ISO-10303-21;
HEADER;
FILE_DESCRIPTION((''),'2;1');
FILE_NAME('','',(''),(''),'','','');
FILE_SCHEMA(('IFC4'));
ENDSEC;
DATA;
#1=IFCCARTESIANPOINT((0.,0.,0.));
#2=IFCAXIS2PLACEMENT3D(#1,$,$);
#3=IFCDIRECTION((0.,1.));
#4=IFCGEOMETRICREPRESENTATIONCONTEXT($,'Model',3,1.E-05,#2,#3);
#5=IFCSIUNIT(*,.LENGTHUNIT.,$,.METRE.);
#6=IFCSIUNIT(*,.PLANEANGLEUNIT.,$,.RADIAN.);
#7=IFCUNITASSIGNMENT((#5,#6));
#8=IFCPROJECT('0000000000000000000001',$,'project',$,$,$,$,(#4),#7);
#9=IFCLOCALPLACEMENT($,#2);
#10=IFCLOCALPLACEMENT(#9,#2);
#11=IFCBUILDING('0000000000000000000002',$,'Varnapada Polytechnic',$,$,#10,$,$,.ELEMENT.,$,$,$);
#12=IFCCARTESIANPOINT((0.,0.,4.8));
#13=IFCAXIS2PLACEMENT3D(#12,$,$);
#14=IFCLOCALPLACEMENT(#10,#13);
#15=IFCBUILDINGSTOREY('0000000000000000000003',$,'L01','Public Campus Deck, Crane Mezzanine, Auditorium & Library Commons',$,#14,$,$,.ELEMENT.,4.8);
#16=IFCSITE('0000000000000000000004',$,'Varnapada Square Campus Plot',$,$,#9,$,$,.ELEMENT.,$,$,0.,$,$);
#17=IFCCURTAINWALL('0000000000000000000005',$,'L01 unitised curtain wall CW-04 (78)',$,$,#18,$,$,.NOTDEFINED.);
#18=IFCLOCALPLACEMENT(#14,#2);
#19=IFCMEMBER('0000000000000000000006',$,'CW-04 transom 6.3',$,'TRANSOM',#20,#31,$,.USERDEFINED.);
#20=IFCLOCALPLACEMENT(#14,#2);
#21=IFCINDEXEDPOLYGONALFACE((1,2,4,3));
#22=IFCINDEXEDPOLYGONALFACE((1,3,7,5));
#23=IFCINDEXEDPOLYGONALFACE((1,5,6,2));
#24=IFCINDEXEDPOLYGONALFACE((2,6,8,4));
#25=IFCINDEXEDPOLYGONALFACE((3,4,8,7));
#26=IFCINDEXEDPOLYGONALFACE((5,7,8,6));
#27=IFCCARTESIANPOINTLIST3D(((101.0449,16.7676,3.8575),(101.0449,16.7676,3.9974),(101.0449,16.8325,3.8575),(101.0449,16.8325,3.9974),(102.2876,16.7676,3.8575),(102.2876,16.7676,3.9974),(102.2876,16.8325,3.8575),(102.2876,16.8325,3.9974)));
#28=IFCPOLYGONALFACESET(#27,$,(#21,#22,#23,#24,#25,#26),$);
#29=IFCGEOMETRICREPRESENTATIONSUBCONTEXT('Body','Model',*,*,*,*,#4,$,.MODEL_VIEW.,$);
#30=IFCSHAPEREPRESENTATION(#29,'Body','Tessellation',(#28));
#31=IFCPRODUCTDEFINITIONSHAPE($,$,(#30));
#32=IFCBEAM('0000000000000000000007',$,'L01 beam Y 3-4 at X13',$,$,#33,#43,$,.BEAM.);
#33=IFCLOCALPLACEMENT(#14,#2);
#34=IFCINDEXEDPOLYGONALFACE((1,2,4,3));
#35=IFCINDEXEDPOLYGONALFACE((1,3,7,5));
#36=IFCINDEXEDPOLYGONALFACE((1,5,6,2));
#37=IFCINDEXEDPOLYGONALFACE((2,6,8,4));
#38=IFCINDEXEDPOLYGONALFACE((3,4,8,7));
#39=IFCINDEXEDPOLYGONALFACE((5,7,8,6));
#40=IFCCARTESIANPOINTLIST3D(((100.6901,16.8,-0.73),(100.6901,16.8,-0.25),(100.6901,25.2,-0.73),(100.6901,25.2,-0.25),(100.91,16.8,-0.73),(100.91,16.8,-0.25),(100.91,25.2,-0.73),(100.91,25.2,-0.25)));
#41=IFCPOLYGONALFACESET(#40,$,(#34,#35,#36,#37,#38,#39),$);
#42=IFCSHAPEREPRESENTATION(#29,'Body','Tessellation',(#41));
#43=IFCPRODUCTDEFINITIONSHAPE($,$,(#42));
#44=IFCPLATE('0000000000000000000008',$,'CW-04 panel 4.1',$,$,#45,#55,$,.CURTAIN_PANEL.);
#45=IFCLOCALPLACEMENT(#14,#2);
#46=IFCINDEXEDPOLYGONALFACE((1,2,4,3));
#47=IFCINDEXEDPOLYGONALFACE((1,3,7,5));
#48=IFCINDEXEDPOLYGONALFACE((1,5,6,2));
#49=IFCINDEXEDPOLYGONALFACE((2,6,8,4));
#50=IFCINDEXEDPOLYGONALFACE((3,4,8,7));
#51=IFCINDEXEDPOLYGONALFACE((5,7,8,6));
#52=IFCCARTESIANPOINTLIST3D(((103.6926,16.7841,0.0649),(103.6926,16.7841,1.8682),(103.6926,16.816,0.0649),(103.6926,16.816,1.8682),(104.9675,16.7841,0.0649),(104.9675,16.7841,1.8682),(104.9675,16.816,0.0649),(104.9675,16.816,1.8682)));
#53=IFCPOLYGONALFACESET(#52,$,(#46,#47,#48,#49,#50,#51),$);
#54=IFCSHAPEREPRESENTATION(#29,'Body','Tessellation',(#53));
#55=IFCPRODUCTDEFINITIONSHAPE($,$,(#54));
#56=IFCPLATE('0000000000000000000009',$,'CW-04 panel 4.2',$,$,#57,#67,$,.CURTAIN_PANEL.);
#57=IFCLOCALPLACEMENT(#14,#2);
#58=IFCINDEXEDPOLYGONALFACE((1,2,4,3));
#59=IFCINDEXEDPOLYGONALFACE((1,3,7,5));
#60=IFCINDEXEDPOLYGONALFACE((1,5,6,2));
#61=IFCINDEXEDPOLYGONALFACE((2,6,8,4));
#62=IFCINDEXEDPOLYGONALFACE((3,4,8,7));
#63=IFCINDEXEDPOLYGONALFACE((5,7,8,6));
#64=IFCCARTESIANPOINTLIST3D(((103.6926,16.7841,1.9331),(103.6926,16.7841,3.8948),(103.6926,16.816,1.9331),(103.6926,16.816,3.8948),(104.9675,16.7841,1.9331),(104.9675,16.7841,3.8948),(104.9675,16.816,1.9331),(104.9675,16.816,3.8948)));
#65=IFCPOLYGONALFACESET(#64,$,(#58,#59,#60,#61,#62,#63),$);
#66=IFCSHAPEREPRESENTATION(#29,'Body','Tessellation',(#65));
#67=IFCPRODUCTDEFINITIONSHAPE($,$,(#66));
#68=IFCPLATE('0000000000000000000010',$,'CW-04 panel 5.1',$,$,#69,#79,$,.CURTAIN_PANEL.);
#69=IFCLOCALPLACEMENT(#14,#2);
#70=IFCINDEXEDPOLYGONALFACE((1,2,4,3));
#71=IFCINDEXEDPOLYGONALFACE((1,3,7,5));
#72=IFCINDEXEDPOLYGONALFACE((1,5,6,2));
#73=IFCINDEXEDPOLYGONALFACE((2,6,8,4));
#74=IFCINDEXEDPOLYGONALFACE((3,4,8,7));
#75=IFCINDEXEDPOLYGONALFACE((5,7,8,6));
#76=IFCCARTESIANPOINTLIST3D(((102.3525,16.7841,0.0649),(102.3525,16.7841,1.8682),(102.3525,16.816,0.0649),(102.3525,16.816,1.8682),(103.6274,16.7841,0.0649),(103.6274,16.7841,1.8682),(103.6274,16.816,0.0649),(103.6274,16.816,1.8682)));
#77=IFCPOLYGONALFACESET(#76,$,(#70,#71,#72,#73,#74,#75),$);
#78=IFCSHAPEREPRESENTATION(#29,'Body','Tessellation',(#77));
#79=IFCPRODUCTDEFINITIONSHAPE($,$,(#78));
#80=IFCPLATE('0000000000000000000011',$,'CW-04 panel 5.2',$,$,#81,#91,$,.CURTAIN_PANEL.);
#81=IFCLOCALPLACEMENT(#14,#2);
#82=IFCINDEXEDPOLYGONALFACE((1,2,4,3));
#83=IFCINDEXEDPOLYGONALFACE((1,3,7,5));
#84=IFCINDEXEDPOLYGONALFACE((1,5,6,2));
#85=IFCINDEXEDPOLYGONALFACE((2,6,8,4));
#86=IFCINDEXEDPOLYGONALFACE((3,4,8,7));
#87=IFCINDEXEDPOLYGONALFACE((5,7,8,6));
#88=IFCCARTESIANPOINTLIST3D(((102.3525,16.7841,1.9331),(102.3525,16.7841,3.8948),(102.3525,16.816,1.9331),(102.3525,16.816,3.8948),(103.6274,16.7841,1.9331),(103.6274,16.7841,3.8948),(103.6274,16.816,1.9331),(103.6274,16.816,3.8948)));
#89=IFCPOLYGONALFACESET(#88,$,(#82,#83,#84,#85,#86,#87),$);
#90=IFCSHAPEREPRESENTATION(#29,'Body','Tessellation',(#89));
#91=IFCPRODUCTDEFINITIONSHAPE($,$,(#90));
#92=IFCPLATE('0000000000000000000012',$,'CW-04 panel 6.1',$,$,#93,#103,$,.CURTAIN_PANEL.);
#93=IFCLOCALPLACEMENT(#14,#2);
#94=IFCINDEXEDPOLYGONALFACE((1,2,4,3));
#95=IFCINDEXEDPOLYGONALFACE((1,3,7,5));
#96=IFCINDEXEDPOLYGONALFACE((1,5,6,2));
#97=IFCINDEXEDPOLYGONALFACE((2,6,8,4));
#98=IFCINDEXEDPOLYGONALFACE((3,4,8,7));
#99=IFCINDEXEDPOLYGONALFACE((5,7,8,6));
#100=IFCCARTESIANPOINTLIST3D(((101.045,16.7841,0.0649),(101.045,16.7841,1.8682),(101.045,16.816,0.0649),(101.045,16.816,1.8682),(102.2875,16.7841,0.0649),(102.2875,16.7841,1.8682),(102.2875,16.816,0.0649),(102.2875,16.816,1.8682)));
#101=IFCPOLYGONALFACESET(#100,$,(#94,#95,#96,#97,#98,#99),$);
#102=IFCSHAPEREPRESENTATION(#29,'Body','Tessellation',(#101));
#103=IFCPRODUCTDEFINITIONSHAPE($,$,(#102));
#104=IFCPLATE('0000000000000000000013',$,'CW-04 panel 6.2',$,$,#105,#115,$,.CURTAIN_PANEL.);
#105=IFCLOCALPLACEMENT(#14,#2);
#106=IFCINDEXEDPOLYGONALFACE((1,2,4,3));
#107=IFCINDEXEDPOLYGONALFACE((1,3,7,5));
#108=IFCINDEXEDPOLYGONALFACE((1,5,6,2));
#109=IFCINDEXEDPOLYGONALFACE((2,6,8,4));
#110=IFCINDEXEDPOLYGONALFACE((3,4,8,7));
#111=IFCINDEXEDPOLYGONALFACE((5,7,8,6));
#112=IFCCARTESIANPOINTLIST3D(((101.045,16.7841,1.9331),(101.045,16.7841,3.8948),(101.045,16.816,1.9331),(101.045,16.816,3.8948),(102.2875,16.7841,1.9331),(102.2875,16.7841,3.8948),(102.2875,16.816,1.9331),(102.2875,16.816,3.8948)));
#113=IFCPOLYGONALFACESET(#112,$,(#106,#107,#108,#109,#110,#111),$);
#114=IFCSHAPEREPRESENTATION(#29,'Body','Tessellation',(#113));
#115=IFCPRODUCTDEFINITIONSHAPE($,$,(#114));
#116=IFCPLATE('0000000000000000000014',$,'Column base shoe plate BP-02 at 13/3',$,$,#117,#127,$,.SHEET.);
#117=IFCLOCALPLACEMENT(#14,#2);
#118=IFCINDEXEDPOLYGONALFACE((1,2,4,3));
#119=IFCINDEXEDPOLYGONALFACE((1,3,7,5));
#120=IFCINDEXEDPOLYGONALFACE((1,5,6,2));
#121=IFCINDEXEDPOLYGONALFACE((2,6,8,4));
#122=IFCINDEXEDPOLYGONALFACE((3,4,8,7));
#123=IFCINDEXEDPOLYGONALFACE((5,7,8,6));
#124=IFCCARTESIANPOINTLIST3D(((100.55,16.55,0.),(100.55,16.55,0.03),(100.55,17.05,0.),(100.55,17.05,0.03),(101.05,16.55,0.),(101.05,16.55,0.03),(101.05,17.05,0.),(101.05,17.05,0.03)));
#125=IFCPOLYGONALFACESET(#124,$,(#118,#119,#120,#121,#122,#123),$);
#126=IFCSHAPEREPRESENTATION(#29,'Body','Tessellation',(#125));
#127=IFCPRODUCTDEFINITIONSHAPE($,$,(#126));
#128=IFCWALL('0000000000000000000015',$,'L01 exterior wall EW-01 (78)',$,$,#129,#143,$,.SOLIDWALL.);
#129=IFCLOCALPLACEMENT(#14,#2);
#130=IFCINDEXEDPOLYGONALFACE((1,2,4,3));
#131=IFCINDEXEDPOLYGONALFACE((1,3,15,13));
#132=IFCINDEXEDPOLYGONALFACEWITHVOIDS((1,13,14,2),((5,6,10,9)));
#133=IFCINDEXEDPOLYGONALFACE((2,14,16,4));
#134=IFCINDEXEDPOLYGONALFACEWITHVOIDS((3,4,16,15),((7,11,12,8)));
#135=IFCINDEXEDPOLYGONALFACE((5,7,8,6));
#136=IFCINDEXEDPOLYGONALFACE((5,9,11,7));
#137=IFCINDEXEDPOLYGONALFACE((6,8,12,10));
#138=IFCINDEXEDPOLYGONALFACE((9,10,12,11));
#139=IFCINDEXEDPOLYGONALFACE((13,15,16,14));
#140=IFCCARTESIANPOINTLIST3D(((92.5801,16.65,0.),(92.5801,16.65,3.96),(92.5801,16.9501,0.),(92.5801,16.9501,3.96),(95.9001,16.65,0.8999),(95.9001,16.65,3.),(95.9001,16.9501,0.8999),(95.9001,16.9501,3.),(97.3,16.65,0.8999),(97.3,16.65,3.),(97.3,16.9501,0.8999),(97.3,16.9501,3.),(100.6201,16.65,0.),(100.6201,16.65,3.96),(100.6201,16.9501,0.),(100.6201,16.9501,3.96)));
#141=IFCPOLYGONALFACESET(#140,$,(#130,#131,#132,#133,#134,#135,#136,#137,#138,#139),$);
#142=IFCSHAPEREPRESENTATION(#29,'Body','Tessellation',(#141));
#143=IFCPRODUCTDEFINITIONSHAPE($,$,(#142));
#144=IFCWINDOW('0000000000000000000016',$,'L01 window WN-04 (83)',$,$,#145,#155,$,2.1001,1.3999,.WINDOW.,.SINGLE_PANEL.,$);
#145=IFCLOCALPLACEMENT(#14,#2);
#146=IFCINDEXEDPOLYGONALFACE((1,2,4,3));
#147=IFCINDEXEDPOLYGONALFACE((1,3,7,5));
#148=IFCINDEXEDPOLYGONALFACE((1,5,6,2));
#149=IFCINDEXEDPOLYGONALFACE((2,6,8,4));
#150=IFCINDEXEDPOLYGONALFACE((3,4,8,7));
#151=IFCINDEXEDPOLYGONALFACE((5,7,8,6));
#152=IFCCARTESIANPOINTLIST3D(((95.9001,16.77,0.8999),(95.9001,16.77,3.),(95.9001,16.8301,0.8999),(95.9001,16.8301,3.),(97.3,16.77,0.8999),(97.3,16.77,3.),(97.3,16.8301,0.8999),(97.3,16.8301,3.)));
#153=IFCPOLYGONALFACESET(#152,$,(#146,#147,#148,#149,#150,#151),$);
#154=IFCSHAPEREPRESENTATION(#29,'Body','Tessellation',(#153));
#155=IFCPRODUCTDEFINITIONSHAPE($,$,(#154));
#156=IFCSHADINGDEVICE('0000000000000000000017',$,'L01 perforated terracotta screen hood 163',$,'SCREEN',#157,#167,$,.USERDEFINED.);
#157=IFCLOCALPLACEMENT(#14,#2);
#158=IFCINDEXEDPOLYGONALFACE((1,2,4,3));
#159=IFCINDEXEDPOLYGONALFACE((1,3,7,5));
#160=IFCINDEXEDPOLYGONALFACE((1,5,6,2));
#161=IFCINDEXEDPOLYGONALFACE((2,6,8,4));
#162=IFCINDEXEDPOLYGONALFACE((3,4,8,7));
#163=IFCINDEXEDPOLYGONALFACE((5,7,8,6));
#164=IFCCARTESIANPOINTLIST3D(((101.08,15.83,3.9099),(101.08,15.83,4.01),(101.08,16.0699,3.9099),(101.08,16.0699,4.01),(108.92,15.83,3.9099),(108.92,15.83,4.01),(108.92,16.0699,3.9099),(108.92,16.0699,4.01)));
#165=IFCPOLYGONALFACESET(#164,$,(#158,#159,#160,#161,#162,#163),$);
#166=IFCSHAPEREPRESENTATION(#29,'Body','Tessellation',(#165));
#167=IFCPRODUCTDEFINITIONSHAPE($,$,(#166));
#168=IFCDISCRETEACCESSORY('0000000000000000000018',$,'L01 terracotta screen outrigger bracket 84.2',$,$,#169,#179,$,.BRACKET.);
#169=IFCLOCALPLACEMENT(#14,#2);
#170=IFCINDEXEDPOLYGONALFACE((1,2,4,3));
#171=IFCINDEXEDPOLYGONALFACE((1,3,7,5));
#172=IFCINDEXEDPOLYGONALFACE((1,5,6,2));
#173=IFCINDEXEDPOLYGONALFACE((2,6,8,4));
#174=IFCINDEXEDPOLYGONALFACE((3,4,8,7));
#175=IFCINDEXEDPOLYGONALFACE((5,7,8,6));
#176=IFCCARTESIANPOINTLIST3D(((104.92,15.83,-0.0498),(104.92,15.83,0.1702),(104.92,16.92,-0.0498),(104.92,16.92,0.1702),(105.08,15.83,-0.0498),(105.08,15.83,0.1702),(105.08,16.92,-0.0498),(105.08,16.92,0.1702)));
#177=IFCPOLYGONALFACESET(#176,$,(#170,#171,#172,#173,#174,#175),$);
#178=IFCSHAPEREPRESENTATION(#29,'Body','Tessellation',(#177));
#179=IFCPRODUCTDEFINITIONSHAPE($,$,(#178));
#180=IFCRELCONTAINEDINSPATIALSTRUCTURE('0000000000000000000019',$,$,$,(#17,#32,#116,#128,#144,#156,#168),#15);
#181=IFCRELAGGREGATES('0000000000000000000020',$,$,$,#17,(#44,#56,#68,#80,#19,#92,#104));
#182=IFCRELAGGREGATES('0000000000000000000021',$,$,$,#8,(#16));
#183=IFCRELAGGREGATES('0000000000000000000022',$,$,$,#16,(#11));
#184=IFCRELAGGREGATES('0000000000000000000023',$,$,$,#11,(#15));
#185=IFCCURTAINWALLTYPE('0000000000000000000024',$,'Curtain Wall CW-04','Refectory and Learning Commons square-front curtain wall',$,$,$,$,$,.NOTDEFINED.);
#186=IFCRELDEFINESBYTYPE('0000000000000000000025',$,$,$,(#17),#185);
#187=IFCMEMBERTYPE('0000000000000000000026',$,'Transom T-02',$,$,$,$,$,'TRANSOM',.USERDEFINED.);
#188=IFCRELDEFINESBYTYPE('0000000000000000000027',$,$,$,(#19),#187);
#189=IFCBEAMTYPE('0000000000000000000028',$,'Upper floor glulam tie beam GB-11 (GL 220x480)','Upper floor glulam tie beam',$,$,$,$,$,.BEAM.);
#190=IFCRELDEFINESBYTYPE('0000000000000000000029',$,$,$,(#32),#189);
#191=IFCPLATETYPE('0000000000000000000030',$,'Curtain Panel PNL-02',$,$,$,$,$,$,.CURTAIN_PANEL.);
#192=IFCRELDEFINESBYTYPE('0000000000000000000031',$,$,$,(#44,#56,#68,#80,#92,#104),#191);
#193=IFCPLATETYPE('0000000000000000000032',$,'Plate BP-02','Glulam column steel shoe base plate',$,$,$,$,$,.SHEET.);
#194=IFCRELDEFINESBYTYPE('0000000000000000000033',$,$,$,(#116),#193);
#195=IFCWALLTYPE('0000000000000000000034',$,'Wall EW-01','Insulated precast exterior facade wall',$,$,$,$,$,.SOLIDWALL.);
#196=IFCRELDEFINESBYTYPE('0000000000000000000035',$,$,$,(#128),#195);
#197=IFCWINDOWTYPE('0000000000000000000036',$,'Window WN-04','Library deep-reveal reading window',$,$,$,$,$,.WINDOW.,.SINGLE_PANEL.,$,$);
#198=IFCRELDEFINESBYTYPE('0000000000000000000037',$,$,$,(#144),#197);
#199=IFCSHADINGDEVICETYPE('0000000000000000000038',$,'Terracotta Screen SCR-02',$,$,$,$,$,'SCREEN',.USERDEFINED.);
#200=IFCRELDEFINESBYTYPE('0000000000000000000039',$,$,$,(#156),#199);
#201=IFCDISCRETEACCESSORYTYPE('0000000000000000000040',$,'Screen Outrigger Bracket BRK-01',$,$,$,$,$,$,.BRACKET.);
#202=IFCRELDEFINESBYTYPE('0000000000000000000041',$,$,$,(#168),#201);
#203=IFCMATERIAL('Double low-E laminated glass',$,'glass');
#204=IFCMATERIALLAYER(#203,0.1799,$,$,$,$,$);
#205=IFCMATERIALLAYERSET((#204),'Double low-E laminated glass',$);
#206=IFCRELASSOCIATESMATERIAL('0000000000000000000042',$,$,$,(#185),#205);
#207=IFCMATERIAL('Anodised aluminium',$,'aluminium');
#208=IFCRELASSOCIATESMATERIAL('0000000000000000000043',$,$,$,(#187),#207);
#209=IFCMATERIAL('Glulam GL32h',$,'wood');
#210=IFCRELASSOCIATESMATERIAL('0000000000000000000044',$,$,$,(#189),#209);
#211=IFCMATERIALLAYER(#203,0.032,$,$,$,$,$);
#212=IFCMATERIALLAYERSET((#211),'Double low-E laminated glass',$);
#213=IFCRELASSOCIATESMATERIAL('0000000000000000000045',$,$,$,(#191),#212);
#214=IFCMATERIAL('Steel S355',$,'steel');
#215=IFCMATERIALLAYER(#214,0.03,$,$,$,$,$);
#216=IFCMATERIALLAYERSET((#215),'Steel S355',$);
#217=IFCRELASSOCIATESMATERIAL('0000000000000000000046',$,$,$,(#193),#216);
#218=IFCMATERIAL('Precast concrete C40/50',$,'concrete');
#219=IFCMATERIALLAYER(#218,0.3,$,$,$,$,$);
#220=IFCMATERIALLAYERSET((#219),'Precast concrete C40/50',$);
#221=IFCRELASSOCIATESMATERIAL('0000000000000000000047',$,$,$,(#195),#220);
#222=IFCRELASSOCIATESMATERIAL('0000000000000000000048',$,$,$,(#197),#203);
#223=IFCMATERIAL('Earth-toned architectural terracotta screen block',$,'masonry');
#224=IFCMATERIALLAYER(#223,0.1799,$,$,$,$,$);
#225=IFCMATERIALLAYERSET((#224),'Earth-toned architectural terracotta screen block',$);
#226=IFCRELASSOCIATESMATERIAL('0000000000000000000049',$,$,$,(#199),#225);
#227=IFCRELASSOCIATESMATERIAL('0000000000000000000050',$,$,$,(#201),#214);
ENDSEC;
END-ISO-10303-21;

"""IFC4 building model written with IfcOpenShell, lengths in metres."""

from ifc_helpers import new_model, si_unit, direction, frame, frame_2d, origin, origin_2d, place, context, subcontext, project, spatial, rectangle, extrude, material, layer, layer_set, material_profile, profile_set, type_object, element, fill, aggregate, save


model = new_model("IFC4")

# Units and contexts
model_context = context("Model", 3, precision=1e-05, world=origin(), true_north=direction((0.0, 1.0)))
body_context = subcontext(model_context, "Body", "Model", "MODEL_VIEW")
ifc_project = project(units=[si_unit("LENGTHUNIT", "METRE"), si_unit("PLANEANGLEUNIT", "RADIAN")], contexts=[model_context])

# Site, building, storey
site_placement = place(None, origin())
site = spatial("IfcSite", under=ifc_project, at=site_placement, Name="Varnapada Square Campus Plot", CompositionType="ELEMENT", RefElevation=0.0)
building_placement = place(site_placement, origin())
building = spatial("IfcBuilding", under=site, at=building_placement, Name="Varnapada Polytechnic", CompositionType="ELEMENT")
storey_placement = place(building_placement, frame((0.0, 0.0, 4.8)))
storey = spatial("IfcBuildingStorey", under=building, at=storey_placement, Name="L01", Description="Public Campus Deck, Crane Mezzanine, Auditorium & Library Commons", CompositionType="ELEMENT", Elevation=4.8)

# Shared definitions
ifc_material_1 = material(Name="Glulam GL32h", Category="wood")

# Curtain wall
ifc_material_2 = material(Name="Double low-E laminated glass", Category="glass")
ifc_layer_1 = layer(ifc_material_2, 0.1799)
ifc_layer_set_1 = layer_set([ifc_layer_1], Name="Double low-E laminated glass")
curtain_wall_type = type_object("IfcCurtainWallType", Name="Curtain Wall CW-04", Description="Refectory and Learning Commons square-front curtain wall", PredefinedType="NOTDEFINED", material=ifc_layer_set_1)
curtain_wall_placement = place(storey_placement, origin())
curtain_wall = element("IfcCurtainWall", 1, at=curtain_wall_placement, inside=storey, type_object=curtain_wall_type, Name="L01 unitised curtain wall CW-04 (78)", PredefinedType="NOTDEFINED")
ifc_material_3 = material(Name="Anodised aluminium", Category="aluminium")

# Member
ifc_material_profile_1 = material_profile(ifc_material_3, rectangle(XDim=0.0649, YDim=0.1399, at=origin_2d()), Name="ALU T65x140")
ifc_profile_set_1 = profile_set([ifc_material_profile_1], Name="Anodised aluminium")
member_type_1 = type_object("IfcMemberType", Name="Transom T-02", ElementType="TRANSOM", PredefinedType="USERDEFINED", material=ifc_profile_set_1)
member_1_placement = place(storey_placement, frame((102.2876, 16.8, 3.9275), z_axis=(-1.0, 0.0, 0.0), x_axis=(0.0, -1.0, 0.0)))
member_1 = element("IfcMember", 2, at=member_1_placement, type_object=member_type_1, Name="CW-04 transom 6.3", ObjectType="TRANSOM", PredefinedType="USERDEFINED", context=body_context, shape_type="SweptSolid", body=[
    extrude(rectangle(XDim=0.0649, YDim=0.1399, at=origin_2d()), origin(), (0.0, 0.0, 1.0), 1.2427),
])

# Beam
ifc_material_profile_2 = material_profile(ifc_material_1, rectangle(XDim=0.22, YDim=0.48, at=origin_2d()), Name="GL 220x480")
ifc_profile_set_2 = profile_set([ifc_material_profile_2], Name="Glulam GL32h")
beam_type_1 = type_object("IfcBeamType", Name="Upper floor glulam tie beam GB-11 (GL 220x480)", Description="Upper floor glulam tie beam", PredefinedType="BEAM", material=ifc_profile_set_2)
beam_1_placement = place(storey_placement, frame((100.8, 16.8, -0.49), z_axis=(0.0, 1.0, 0.0), x_axis=(-1.0, 0.0, 0.0)))
element("IfcBeam", 3, at=beam_1_placement, inside=storey, type_object=beam_type_1, Name="L01 beam Y 3-4 at X13", PredefinedType="BEAM", context=body_context, shape_type="SweptSolid", body=[
    extrude(rectangle(XDim=0.22, YDim=0.48, at=origin_2d()), origin(), (0.0, 0.0, 1.0), 8.3999),
])

# Plates
ifc_layer_2 = layer(ifc_material_2, 0.032)
ifc_layer_set_2 = layer_set([ifc_layer_2], Name="Double low-E laminated glass")
plate_type_1 = type_object("IfcPlateType", Name="Curtain Panel PNL-02", PredefinedType="CURTAIN_PANEL", material=ifc_layer_set_2)
plate_1_placement = place(storey_placement, frame((104.3301, 16.8, 0.0649), z_axis=(0.0, 0.0, 1.0), x_axis=(-1.0, 0.0, 0.0)))
plate_1 = element("IfcPlate", 4, at=plate_1_placement, type_object=plate_type_1, Name="CW-04 panel 4.1", PredefinedType="CURTAIN_PANEL", context=body_context, shape_type="SweptSolid", body=[
    extrude(rectangle(XDim=1.2749, YDim=0.032, at=origin_2d()), origin(), (0.0, 0.0, 1.0), 1.8032),
])
plate_2_placement = place(storey_placement, frame((104.3301, 16.8, 1.9331), z_axis=(0.0, 0.0, 1.0), x_axis=(-1.0, 0.0, 0.0)))
plate_2 = element("IfcPlate", 5, at=plate_2_placement, type_object=plate_type_1, Name="CW-04 panel 4.2", PredefinedType="CURTAIN_PANEL", context=body_context, shape_type="SweptSolid", body=[
    extrude(rectangle(XDim=1.2749, YDim=0.032, at=origin_2d()), origin(), (0.0, 0.0, 1.0), 1.9617),
])
plate_3_placement = place(storey_placement, frame((102.99, 16.8, 0.0649), z_axis=(0.0, 0.0, 1.0), x_axis=(-1.0, 0.0, 0.0)))
plate_3 = element("IfcPlate", 6, at=plate_3_placement, type_object=plate_type_1, Name="CW-04 panel 5.1", PredefinedType="CURTAIN_PANEL", context=body_context, shape_type="SweptSolid", body=[
    extrude(rectangle(XDim=1.2749, YDim=0.032, at=origin_2d()), origin(), (0.0, 0.0, 1.0), 1.8032),
])
plate_4_placement = place(storey_placement, frame((102.99, 16.8, 1.9331), z_axis=(0.0, 0.0, 1.0), x_axis=(-1.0, 0.0, 0.0)))
plate_4 = element("IfcPlate", 7, at=plate_4_placement, type_object=plate_type_1, Name="CW-04 panel 5.2", PredefinedType="CURTAIN_PANEL", context=body_context, shape_type="SweptSolid", body=[
    extrude(rectangle(XDim=1.2749, YDim=0.032, at=origin_2d()), origin(), (0.0, 0.0, 1.0), 1.9617),
])
plate_5_placement = place(storey_placement, frame((101.6663, 16.8, 0.0649), z_axis=(0.0, 0.0, 1.0), x_axis=(-1.0, 0.0, 0.0)))
plate_5 = element("IfcPlate", 8, at=plate_5_placement, type_object=plate_type_1, Name="CW-04 panel 6.1", PredefinedType="CURTAIN_PANEL", context=body_context, shape_type="SweptSolid", body=[
    extrude(rectangle(XDim=1.2424, YDim=0.032, at=origin_2d()), origin(), (0.0, 0.0, 1.0), 1.8032),
])
plate_6_placement = place(storey_placement, frame((101.6663, 16.8, 1.9331), z_axis=(0.0, 0.0, 1.0), x_axis=(-1.0, 0.0, 0.0)))
plate_6 = element("IfcPlate", 9, at=plate_6_placement, type_object=plate_type_1, Name="CW-04 panel 6.2", PredefinedType="CURTAIN_PANEL", context=body_context, shape_type="SweptSolid", body=[
    extrude(rectangle(XDim=1.2424, YDim=0.032, at=origin_2d()), origin(), (0.0, 0.0, 1.0), 1.9617),
])
aggregate(curtain_wall, [plate_1, plate_2, plate_3, plate_4, member_1, plate_5, plate_6])
ifc_material_4 = material(Name="Steel S355", Category="steel")
ifc_layer_3 = layer(ifc_material_4, 0.03)
ifc_layer_set_3 = layer_set([ifc_layer_3], Name="Steel S355")
plate_type_2 = type_object("IfcPlateType", Name="Plate BP-02", Description="Glulam column steel shoe base plate", PredefinedType="SHEET", material=ifc_layer_set_3)
plate_7_placement = place(storey_placement, frame((100.8, 16.8, 0.0), z_axis=(0.0, 0.0, 1.0), x_axis=(1.0, 0.0, 0.0)))
element("IfcPlate", 10, at=plate_7_placement, inside=storey, type_object=plate_type_2, Name="Column base shoe plate BP-02 at 13/3", PredefinedType="SHEET", context=body_context, shape_type="SweptSolid", body=[
    extrude(rectangle(XDim=0.5, YDim=0.5, at=origin_2d()), origin(), (0.0, 0.0, 1.0), 0.03),
])

# Wall, opening, window
ifc_material_5 = material(Name="Precast concrete C40/50", Category="concrete")
ifc_layer_4 = layer(ifc_material_5, 0.3)
ifc_layer_set_4 = layer_set([ifc_layer_4], Name="Precast concrete C40/50")
wall_type = type_object("IfcWallType", Name="Wall EW-01", Description="Insulated precast exterior facade wall", PredefinedType="SOLIDWALL", material=ifc_layer_set_4)
wall_placement = place(storey_placement, frame((100.6201, 16.8, 0.0), z_axis=(0.0, 0.0, 1.0), x_axis=(-1.0, 0.0, 0.0)))
wall = element("IfcWall", 11, at=wall_placement, inside=storey, type_object=wall_type, Name="L01 exterior wall EW-01 (78)", PredefinedType="SOLIDWALL", context=body_context, shape_type="SweptSolid", body=[
    extrude(rectangle(XDim=8.04, YDim=0.3, at=frame_2d((4.02, 0.0))), origin(), (0.0, 0.0, 1.0), 3.96),
])
opening_placement = place(wall_placement, frame((3.3201, 0.0, 0.8999)))
opening = element("IfcOpeningElement", 12, at=opening_placement, cuts=wall, PredefinedType="OPENING", context=body_context, shape_type="SweptSolid", body=[
    extrude(rectangle(XDim=1.3999, YDim=2.1001, at=frame_2d((0.7, 1.05))), frame((0.0, 0.1599, 0.0), z_axis=(0.0, -1.0, 0.0), x_axis=(1.0, 0.0, 0.0)), (0.0, 0.0, 1.0), 0.3201),
])
window_type = type_object("IfcWindowType", Name="Window WN-04", Description="Library deep-reveal reading window", PartitioningType="SINGLE_PANEL", PredefinedType="WINDOW", material=ifc_material_2)
window_placement = place(opening_placement, origin())
window = element("IfcWindow", 13, at=window_placement, inside=storey, type_object=window_type, Name="L01 window WN-04 (83)", OverallHeight=2.1001, OverallWidth=1.3999, PartitioningType="SINGLE_PANEL", PredefinedType="WINDOW", context=body_context, shape_type="SweptSolid", body=[
    extrude(rectangle(XDim=1.3999, YDim=2.1001, at=frame_2d((0.7, 1.05))), frame((0.0, 0.03, 0.0), z_axis=(0.0, -1.0, 0.0), x_axis=(1.0, 0.0, 0.0)), (0.0, 0.0, 1.0), 0.0601),
])
fill(opening, window)

# Shading device
ifc_material_6 = material(Name="Earth-toned architectural terracotta screen block", Category="masonry")
ifc_layer_5 = layer(ifc_material_6, 0.1799)
ifc_layer_set_5 = layer_set([ifc_layer_5], Name="Earth-toned architectural terracotta screen block")
shading_device_type = type_object("IfcShadingDeviceType", Name="Terracotta Screen SCR-02", ElementType="SCREEN", PredefinedType="USERDEFINED", material=ifc_layer_set_5)
shading_device_placement = place(storey_placement, frame((105.0, 15.95, 3.9099), z_axis=(0.0, 0.0, 1.0), x_axis=(-1.0, 0.0, 0.0)))
element("IfcShadingDevice", 14, at=shading_device_placement, inside=storey, type_object=shading_device_type, Name="L01 perforated terracotta screen hood 163", ObjectType="SCREEN", PredefinedType="USERDEFINED", context=body_context, shape_type="SweptSolid", body=[
    extrude(rectangle(XDim=7.8401, YDim=0.24, at=origin_2d()), origin(), (0.0, 0.0, 1.0), 0.1001),
])

# Discrete accessory
discrete_accessory_type = type_object("IfcDiscreteAccessoryType", Name="Screen Outrigger Bracket BRK-01", PredefinedType="BRACKET", material=ifc_material_4)
for number, where, z_axis, x_axis, name in (
    (15, (105.0, 16.375, -0.0498), (0.0, 0.0, 1.0), (-1.0, 0.0, 0.0), "L01 terracotta screen outrigger bracket 84.2"),
):
    element("IfcDiscreteAccessory", number, at=place(storey_placement, frame(where, z_axis=z_axis, x_axis=x_axis)), inside=storey, type_object=discrete_accessory_type, Name=name, PredefinedType="BRACKET", context=body_context, shape_type="SweptSolid", body=[
        extrude(rectangle(XDim=0.1599, YDim=1.0901, at=origin_2d()), origin(), (0.0, 0.0, 1.0), 0.22),
    ])

save(model, "model.ifc")
